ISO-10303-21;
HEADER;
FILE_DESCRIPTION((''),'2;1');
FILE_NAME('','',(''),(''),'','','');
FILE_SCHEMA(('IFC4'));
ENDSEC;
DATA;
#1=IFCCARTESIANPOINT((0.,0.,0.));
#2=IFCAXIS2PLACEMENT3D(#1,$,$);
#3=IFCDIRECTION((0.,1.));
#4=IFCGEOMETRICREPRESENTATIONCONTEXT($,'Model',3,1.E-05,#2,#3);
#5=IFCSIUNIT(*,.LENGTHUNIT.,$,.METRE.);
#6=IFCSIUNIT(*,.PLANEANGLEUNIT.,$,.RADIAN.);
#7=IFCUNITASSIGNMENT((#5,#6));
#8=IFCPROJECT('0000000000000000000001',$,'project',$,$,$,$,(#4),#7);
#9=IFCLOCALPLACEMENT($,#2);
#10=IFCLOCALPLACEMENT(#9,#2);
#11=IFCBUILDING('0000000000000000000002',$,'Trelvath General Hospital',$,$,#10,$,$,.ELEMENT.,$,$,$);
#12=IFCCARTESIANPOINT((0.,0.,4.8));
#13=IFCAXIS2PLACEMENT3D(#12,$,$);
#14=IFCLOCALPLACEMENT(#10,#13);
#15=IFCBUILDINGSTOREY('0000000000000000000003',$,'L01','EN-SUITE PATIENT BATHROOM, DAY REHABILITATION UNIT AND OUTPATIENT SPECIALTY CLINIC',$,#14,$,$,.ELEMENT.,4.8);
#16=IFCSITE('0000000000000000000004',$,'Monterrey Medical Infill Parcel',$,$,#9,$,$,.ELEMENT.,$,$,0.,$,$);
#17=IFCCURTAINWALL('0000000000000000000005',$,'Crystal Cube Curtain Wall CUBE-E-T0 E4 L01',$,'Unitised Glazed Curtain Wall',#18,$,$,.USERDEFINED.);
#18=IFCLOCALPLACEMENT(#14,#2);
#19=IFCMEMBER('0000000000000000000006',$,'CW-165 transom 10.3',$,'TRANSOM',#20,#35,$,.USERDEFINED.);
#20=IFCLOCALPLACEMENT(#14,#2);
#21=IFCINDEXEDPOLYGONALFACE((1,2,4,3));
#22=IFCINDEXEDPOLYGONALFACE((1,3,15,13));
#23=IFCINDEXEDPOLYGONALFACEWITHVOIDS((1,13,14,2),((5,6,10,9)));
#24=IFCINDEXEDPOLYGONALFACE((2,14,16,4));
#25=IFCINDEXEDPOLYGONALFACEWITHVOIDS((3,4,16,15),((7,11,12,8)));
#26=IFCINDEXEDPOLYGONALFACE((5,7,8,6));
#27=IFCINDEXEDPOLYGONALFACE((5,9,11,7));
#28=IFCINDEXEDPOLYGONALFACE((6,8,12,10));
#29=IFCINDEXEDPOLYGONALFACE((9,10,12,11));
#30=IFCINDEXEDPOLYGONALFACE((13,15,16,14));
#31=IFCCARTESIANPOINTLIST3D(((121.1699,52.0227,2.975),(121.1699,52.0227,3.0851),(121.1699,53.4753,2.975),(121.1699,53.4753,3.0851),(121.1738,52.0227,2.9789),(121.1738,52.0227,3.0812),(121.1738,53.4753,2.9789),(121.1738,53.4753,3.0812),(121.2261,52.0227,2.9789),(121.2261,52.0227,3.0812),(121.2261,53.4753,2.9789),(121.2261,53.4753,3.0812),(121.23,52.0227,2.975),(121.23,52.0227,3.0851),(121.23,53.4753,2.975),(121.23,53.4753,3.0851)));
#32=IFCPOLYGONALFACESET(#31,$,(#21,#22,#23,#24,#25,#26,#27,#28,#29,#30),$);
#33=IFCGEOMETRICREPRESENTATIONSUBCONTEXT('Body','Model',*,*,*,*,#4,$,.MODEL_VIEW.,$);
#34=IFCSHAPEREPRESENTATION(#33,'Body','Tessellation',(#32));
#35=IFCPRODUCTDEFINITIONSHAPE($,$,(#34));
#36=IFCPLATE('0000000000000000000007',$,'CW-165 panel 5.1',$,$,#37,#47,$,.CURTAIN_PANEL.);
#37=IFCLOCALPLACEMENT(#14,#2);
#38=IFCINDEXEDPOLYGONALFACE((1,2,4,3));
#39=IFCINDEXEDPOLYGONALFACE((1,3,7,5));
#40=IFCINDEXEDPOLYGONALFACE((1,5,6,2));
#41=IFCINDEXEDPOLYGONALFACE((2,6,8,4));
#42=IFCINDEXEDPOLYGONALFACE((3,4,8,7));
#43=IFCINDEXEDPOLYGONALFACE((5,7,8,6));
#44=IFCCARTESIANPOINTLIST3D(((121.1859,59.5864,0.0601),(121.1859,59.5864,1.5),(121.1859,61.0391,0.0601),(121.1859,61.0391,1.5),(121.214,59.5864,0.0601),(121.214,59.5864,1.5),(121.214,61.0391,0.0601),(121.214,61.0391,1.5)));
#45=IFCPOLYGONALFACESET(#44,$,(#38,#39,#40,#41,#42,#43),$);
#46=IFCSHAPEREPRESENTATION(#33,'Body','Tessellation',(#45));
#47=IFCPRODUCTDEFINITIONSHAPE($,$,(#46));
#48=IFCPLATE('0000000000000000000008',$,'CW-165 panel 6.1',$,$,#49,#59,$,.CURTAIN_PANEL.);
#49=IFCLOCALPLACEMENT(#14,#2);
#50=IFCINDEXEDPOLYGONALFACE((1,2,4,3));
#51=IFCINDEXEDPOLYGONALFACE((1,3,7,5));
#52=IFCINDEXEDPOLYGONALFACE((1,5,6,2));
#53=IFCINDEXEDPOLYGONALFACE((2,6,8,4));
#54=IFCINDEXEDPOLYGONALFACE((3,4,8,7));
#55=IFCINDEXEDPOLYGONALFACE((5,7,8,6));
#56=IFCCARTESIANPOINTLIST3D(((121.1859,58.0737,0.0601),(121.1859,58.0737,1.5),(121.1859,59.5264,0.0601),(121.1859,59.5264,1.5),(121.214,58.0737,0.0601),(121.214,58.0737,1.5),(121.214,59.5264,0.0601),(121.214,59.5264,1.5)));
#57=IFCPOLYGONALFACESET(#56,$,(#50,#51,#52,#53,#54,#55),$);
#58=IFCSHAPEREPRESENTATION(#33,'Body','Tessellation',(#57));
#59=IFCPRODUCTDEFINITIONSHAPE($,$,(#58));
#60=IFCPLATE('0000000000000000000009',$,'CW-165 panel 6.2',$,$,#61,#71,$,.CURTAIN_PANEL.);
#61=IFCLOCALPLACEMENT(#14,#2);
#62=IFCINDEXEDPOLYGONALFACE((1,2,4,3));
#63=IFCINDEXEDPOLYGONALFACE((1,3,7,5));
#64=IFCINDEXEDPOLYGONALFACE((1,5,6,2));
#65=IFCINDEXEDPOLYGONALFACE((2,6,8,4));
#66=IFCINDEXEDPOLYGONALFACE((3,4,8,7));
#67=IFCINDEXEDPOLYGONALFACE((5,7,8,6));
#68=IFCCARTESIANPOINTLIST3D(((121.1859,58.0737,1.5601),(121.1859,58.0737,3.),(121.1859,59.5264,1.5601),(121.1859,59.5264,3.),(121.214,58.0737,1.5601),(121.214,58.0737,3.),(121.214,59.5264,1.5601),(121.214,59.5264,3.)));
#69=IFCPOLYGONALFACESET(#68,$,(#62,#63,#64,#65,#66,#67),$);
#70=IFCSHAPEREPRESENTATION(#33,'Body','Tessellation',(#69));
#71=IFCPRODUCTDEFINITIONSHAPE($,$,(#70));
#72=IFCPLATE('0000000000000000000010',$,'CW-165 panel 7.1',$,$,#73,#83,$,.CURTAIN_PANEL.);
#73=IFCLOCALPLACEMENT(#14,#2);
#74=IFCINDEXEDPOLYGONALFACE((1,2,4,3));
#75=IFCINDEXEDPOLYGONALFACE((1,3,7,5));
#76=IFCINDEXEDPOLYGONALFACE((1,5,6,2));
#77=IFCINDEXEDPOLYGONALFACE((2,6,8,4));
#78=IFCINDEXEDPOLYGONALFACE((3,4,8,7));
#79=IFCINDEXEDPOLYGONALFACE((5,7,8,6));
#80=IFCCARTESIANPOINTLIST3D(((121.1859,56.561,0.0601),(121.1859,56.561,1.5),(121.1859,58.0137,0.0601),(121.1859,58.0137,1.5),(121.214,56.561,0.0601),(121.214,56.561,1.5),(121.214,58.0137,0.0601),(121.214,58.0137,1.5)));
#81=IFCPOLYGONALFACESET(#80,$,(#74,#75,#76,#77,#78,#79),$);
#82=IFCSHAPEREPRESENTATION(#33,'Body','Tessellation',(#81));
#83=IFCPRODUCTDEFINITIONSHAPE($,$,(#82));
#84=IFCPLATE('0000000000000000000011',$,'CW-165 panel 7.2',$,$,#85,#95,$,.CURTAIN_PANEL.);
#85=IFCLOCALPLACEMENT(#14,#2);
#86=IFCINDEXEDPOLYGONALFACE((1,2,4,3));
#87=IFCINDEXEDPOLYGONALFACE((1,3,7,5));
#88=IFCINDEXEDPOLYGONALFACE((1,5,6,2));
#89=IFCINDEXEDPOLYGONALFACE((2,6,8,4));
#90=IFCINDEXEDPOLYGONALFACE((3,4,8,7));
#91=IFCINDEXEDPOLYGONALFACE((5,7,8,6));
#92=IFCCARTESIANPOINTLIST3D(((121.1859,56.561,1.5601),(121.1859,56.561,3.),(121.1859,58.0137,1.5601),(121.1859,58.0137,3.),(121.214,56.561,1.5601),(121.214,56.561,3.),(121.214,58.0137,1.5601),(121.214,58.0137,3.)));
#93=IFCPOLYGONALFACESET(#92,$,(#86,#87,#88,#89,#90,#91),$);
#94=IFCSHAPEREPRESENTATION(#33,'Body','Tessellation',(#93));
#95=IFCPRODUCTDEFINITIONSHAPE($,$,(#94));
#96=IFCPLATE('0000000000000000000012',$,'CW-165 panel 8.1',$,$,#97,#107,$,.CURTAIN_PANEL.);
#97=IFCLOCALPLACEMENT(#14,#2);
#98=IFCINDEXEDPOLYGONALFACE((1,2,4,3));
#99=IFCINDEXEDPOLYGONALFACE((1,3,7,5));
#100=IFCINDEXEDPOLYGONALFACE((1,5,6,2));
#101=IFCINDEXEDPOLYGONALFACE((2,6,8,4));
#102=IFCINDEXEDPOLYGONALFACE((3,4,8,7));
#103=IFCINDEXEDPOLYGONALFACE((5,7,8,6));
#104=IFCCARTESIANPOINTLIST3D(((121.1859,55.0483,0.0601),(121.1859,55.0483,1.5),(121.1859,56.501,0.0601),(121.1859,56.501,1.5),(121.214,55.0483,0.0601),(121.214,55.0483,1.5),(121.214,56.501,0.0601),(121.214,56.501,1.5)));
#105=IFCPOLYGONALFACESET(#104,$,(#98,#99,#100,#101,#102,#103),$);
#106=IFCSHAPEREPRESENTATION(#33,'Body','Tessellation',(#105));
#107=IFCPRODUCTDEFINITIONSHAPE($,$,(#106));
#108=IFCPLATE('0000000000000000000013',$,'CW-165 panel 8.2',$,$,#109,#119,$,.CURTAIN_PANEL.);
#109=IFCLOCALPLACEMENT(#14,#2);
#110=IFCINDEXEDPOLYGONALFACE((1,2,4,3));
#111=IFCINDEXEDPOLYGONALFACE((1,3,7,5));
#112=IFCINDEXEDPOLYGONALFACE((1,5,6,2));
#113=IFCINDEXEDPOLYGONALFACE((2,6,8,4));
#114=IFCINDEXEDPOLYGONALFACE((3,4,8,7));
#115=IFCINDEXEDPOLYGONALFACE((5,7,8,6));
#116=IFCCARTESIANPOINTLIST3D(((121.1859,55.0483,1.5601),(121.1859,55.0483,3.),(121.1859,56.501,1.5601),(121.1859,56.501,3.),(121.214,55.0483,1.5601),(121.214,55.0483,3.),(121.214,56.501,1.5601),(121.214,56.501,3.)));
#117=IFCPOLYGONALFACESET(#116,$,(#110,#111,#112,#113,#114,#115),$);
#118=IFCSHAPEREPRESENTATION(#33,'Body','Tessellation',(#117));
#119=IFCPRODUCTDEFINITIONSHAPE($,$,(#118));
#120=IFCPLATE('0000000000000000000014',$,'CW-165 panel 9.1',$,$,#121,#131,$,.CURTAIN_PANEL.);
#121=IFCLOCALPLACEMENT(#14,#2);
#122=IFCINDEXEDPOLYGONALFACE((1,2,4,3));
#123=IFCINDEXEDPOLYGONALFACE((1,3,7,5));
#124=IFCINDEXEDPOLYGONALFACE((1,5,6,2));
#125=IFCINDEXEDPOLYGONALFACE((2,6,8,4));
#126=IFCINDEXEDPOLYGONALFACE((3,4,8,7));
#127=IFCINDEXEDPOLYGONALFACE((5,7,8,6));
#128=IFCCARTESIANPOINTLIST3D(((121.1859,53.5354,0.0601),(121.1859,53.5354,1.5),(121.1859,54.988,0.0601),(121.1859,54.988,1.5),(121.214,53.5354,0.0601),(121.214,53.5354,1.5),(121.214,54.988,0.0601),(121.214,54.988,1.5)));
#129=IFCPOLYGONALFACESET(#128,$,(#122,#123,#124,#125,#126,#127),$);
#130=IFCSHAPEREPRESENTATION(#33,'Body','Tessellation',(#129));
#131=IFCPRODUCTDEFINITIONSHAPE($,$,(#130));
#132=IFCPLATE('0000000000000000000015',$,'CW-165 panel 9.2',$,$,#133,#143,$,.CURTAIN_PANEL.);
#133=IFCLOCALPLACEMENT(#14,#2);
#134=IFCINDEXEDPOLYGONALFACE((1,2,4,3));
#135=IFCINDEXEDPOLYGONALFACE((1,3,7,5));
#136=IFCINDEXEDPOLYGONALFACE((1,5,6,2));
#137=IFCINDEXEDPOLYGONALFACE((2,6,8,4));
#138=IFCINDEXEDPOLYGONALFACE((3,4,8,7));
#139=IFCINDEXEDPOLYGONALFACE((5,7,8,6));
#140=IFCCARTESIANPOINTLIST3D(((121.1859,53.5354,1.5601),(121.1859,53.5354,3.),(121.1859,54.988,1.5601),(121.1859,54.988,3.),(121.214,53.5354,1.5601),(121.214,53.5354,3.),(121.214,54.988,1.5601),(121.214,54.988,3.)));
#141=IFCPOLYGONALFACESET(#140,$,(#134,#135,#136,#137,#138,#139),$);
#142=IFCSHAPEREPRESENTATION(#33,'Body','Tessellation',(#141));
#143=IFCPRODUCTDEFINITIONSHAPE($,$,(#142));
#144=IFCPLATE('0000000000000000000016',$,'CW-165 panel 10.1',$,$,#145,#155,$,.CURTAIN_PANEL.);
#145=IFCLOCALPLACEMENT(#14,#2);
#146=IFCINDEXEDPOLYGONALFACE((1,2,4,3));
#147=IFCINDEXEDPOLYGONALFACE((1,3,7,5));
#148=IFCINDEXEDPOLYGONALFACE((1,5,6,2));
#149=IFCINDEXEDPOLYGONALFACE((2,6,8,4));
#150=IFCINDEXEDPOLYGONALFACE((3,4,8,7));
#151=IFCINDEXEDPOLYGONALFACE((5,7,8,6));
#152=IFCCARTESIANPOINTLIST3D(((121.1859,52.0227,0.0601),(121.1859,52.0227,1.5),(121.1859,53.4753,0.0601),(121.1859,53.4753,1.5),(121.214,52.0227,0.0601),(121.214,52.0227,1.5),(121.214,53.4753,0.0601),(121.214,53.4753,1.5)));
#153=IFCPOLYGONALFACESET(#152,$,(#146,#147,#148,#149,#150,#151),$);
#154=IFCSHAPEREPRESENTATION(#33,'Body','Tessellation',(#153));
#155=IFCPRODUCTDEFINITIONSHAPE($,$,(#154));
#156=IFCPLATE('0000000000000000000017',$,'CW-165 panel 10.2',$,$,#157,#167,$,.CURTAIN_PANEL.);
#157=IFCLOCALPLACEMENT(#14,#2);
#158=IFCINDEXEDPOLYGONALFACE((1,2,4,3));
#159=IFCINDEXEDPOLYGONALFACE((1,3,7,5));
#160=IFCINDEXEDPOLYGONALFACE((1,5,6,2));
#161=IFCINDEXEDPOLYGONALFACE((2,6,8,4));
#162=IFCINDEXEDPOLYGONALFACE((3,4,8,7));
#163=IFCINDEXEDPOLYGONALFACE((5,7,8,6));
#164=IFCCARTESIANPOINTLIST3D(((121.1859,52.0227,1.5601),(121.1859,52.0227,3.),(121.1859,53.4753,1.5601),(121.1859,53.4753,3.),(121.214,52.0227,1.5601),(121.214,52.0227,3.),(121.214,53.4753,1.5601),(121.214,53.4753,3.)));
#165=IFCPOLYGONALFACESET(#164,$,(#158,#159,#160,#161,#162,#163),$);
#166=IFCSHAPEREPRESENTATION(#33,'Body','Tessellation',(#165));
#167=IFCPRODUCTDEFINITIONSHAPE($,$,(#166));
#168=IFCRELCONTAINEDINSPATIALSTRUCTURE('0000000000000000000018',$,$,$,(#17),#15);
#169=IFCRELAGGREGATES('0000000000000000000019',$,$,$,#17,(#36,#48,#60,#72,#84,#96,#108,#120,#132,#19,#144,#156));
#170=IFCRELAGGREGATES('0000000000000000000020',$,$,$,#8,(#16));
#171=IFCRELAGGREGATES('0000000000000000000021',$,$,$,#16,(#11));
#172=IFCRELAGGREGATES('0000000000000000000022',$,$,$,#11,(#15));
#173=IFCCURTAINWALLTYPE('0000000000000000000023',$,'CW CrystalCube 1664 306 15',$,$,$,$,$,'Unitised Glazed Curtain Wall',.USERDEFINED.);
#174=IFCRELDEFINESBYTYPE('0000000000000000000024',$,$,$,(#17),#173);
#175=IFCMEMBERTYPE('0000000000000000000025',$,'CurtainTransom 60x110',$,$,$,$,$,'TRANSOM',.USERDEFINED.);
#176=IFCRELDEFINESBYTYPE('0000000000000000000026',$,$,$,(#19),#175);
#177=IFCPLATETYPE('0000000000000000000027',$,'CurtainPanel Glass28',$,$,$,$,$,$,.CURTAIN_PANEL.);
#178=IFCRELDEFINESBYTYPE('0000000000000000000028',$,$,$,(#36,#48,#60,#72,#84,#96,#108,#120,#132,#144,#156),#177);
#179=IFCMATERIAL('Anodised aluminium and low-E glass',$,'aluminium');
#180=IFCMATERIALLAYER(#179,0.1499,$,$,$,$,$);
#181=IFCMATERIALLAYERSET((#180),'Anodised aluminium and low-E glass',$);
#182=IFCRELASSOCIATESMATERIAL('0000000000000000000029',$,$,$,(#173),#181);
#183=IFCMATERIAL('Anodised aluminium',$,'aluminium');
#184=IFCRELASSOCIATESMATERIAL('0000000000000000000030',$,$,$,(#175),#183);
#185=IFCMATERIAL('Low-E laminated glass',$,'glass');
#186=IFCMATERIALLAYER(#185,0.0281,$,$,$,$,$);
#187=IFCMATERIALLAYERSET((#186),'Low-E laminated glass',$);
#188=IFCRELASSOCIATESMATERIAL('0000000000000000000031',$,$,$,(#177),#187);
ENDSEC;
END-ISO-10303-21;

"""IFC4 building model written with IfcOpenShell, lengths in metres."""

from ifc_helpers import new_model, si_unit, direction, frame, origin, origin_2d, place, context, subcontext, project, spatial, rectangle, hollow_rectangle, extrude, material, layer, layer_set, material_profile, profile_set, type_object, element, aggregate, save


model = new_model("IFC4")

# Units and contexts
model_context = context("Model", 3, precision=1e-05, world=origin(), true_north=direction((0.0, 1.0)))
body_context = subcontext(model_context, "Body", "Model", "MODEL_VIEW")
ifc_project = project(units=[si_unit("LENGTHUNIT", "METRE"), si_unit("PLANEANGLEUNIT", "RADIAN")], contexts=[model_context])

# Site, building, storey
site_placement = place(None, origin())
site = spatial("IfcSite", under=ifc_project, at=site_placement, Name="Monterrey Medical Infill Parcel", CompositionType="ELEMENT", RefElevation=0.0)
building_placement = place(site_placement, origin())
building = spatial("IfcBuilding", under=site, at=building_placement, Name="Trelvath General Hospital", CompositionType="ELEMENT")
storey_placement = place(building_placement, frame((0.0, 0.0, 4.8)))
storey = spatial("IfcBuildingStorey", under=building, at=storey_placement, Name="L01", Description="EN-SUITE PATIENT BATHROOM, DAY REHABILITATION UNIT AND OUTPATIENT SPECIALTY CLINIC", CompositionType="ELEMENT", Elevation=4.8)

# Curtain wall, member, plates
ifc_material_1 = material(Name="Anodised aluminium and low-E glass", Category="aluminium")
ifc_layer_1 = layer(ifc_material_1, 0.1499)
ifc_layer_set_1 = layer_set([ifc_layer_1], Name="Anodised aluminium and low-E glass")
curtain_wall_type = type_object("IfcCurtainWallType", Name="CW CrystalCube 1664 306 15", ElementType="Unitised Glazed Curtain Wall", PredefinedType="USERDEFINED", material=ifc_layer_set_1)
curtain_wall_placement = place(storey_placement, origin())
curtain_wall = element("IfcCurtainWall", 1, at=curtain_wall_placement, inside=storey, type_object=curtain_wall_type, Name="Crystal Cube Curtain Wall CUBE-E-T0 E4 L01", ObjectType="Unitised Glazed Curtain Wall", PredefinedType="USERDEFINED")
ifc_material_2 = material(Name="Anodised aluminium", Category="aluminium")
ifc_material_profile_1 = material_profile(ifc_material_2, hollow_rectangle(XDim=0.0601, YDim=0.1101, WallThickness=0.0039, at=origin_2d()), Name="RHS60x110x4")
ifc_profile_set_1 = profile_set([ifc_material_profile_1], Name="Anodised aluminium")
member_type_1 = type_object("IfcMemberType", Name="CurtainTransom 60x110", ElementType="TRANSOM", PredefinedType="USERDEFINED", material=ifc_profile_set_1)
member_1_placement = place(storey_placement, frame((121.2, 53.4753, 3.03), z_axis=(0.0, -1.0, 0.0), x_axis=(1.0, 0.0, 0.0)))
member_1 = element("IfcMember", 2, at=member_1_placement, type_object=member_type_1, Name="CW-165 transom 10.3", ObjectType="TRANSOM", PredefinedType="USERDEFINED", context=body_context, shape_type="SweptSolid", body=[
    extrude(hollow_rectangle(XDim=0.0601, YDim=0.1101, WallThickness=0.0039, at=origin_2d()), origin(), (0.0, 0.0, 1.0), 1.4526),
])
ifc_material_3 = material(Name="Low-E laminated glass", Category="glass")
ifc_layer_2 = layer(ifc_material_3, 0.0281)
ifc_layer_set_2 = layer_set([ifc_layer_2], Name="Low-E laminated glass")
plate_type = type_object("IfcPlateType", Name="CurtainPanel Glass28", PredefinedType="CURTAIN_PANEL", material=ifc_layer_set_2)
plate_1_placement = place(storey_placement, frame((121.2, 60.3127, 0.0601), z_axis=(0.0, 0.0, 1.0), x_axis=(0.0, -1.0, 0.0)))
plate_1 = element("IfcPlate", 3, at=plate_1_placement, type_object=plate_type, Name="CW-165 panel 5.1", PredefinedType="CURTAIN_PANEL", context=body_context, shape_type="SweptSolid", body=[
    extrude(rectangle(XDim=1.4526, YDim=0.0281, at=origin_2d()), origin(), (0.0, 0.0, 1.0), 1.4399),
])
plate_2_placement = place(storey_placement, frame((121.2, 58.8, 0.0601), z_axis=(0.0, 0.0, 1.0), x_axis=(0.0, -1.0, 0.0)))
plate_2 = element("IfcPlate", 4, at=plate_2_placement, type_object=plate_type, Name="CW-165 panel 6.1", PredefinedType="CURTAIN_PANEL", context=body_context, shape_type="SweptSolid", body=[
    extrude(rectangle(XDim=1.4526, YDim=0.0281, at=origin_2d()), origin(), (0.0, 0.0, 1.0), 1.4399),
])
plate_3_placement = place(storey_placement, frame((121.2, 58.8, 1.5601), z_axis=(0.0, 0.0, 1.0), x_axis=(0.0, -1.0, 0.0)))
plate_3 = element("IfcPlate", 5, at=plate_3_placement, type_object=plate_type, Name="CW-165 panel 6.2", PredefinedType="CURTAIN_PANEL", context=body_context, shape_type="SweptSolid", body=[
    extrude(rectangle(XDim=1.4526, YDim=0.0281, at=origin_2d()), origin(), (0.0, 0.0, 1.0), 1.4399),
])
plate_4_placement = place(storey_placement, frame((121.2, 57.2874, 0.0601), z_axis=(0.0, 0.0, 1.0), x_axis=(0.0, -1.0, 0.0)))
plate_4 = element("IfcPlate", 6, at=plate_4_placement, type_object=plate_type, Name="CW-165 panel 7.1", PredefinedType="CURTAIN_PANEL", context=body_context, shape_type="SweptSolid", body=[
    extrude(rectangle(XDim=1.4526, YDim=0.0281, at=origin_2d()), origin(), (0.0, 0.0, 1.0), 1.4399),
])
plate_5_placement = place(storey_placement, frame((121.2, 57.2874, 1.5601), z_axis=(0.0, 0.0, 1.0), x_axis=(0.0, -1.0, 0.0)))
plate_5 = element("IfcPlate", 7, at=plate_5_placement, type_object=plate_type, Name="CW-165 panel 7.2", PredefinedType="CURTAIN_PANEL", context=body_context, shape_type="SweptSolid", body=[
    extrude(rectangle(XDim=1.4526, YDim=0.0281, at=origin_2d()), origin(), (0.0, 0.0, 1.0), 1.4399),
])
plate_6_placement = place(storey_placement, frame((121.2, 55.7747, 0.0601), z_axis=(0.0, 0.0, 1.0), x_axis=(0.0, -1.0, 0.0)))
plate_6 = element("IfcPlate", 8, at=plate_6_placement, type_object=plate_type, Name="CW-165 panel 8.1", PredefinedType="CURTAIN_PANEL", context=body_context, shape_type="SweptSolid", body=[
    extrude(rectangle(XDim=1.4526, YDim=0.0281, at=origin_2d()), origin(), (0.0, 0.0, 1.0), 1.4399),
])
plate_7_placement = place(storey_placement, frame((121.2, 55.7747, 1.5601), z_axis=(0.0, 0.0, 1.0), x_axis=(0.0, -1.0, 0.0)))
plate_7 = element("IfcPlate", 9, at=plate_7_placement, type_object=plate_type, Name="CW-165 panel 8.2", PredefinedType="CURTAIN_PANEL", context=body_context, shape_type="SweptSolid", body=[
    extrude(rectangle(XDim=1.4526, YDim=0.0281, at=origin_2d()), origin(), (0.0, 0.0, 1.0), 1.4399),
])
plate_8_placement = place(storey_placement, frame((121.2, 54.2617, 0.0601), z_axis=(0.0, 0.0, 1.0), x_axis=(0.0, -1.0, 0.0)))
plate_8 = element("IfcPlate", 10, at=plate_8_placement, type_object=plate_type, Name="CW-165 panel 9.1", PredefinedType="CURTAIN_PANEL", context=body_context, shape_type="SweptSolid", body=[
    extrude(rectangle(XDim=1.4526, YDim=0.0281, at=origin_2d()), origin(), (0.0, 0.0, 1.0), 1.4399),
])
plate_9_placement = place(storey_placement, frame((121.2, 54.2617, 1.5601), z_axis=(0.0, 0.0, 1.0), x_axis=(0.0, -1.0, 0.0)))
plate_9 = element("IfcPlate", 11, at=plate_9_placement, type_object=plate_type, Name="CW-165 panel 9.2", PredefinedType="CURTAIN_PANEL", context=body_context, shape_type="SweptSolid", body=[
    extrude(rectangle(XDim=1.4526, YDim=0.0281, at=origin_2d()), origin(), (0.0, 0.0, 1.0), 1.4399),
])
plate_10_placement = place(storey_placement, frame((121.2, 52.749, 0.0601), z_axis=(0.0, 0.0, 1.0), x_axis=(0.0, -1.0, 0.0)))
plate_10 = element("IfcPlate", 12, at=plate_10_placement, type_object=plate_type, Name="CW-165 panel 10.1", PredefinedType="CURTAIN_PANEL", context=body_context, shape_type="SweptSolid", body=[
    extrude(rectangle(XDim=1.4526, YDim=0.0281, at=origin_2d()), origin(), (0.0, 0.0, 1.0), 1.4399),
])
plate_11_placement = place(storey_placement, frame((121.2, 52.749, 1.5601), z_axis=(0.0, 0.0, 1.0), x_axis=(0.0, -1.0, 0.0)))
plate_11 = element("IfcPlate", 13, at=plate_11_placement, type_object=plate_type, Name="CW-165 panel 10.2", PredefinedType="CURTAIN_PANEL", context=body_context, shape_type="SweptSolid", body=[
    extrude(rectangle(XDim=1.4526, YDim=0.0281, at=origin_2d()), origin(), (0.0, 0.0, 1.0), 1.4399),
])
aggregate(curtain_wall, [plate_1, plate_2, plate_3, plate_4, plate_5, plate_6, plate_7, plate_8, plate_9, member_1, plate_10, plate_11])

save(model, "model.ifc")
